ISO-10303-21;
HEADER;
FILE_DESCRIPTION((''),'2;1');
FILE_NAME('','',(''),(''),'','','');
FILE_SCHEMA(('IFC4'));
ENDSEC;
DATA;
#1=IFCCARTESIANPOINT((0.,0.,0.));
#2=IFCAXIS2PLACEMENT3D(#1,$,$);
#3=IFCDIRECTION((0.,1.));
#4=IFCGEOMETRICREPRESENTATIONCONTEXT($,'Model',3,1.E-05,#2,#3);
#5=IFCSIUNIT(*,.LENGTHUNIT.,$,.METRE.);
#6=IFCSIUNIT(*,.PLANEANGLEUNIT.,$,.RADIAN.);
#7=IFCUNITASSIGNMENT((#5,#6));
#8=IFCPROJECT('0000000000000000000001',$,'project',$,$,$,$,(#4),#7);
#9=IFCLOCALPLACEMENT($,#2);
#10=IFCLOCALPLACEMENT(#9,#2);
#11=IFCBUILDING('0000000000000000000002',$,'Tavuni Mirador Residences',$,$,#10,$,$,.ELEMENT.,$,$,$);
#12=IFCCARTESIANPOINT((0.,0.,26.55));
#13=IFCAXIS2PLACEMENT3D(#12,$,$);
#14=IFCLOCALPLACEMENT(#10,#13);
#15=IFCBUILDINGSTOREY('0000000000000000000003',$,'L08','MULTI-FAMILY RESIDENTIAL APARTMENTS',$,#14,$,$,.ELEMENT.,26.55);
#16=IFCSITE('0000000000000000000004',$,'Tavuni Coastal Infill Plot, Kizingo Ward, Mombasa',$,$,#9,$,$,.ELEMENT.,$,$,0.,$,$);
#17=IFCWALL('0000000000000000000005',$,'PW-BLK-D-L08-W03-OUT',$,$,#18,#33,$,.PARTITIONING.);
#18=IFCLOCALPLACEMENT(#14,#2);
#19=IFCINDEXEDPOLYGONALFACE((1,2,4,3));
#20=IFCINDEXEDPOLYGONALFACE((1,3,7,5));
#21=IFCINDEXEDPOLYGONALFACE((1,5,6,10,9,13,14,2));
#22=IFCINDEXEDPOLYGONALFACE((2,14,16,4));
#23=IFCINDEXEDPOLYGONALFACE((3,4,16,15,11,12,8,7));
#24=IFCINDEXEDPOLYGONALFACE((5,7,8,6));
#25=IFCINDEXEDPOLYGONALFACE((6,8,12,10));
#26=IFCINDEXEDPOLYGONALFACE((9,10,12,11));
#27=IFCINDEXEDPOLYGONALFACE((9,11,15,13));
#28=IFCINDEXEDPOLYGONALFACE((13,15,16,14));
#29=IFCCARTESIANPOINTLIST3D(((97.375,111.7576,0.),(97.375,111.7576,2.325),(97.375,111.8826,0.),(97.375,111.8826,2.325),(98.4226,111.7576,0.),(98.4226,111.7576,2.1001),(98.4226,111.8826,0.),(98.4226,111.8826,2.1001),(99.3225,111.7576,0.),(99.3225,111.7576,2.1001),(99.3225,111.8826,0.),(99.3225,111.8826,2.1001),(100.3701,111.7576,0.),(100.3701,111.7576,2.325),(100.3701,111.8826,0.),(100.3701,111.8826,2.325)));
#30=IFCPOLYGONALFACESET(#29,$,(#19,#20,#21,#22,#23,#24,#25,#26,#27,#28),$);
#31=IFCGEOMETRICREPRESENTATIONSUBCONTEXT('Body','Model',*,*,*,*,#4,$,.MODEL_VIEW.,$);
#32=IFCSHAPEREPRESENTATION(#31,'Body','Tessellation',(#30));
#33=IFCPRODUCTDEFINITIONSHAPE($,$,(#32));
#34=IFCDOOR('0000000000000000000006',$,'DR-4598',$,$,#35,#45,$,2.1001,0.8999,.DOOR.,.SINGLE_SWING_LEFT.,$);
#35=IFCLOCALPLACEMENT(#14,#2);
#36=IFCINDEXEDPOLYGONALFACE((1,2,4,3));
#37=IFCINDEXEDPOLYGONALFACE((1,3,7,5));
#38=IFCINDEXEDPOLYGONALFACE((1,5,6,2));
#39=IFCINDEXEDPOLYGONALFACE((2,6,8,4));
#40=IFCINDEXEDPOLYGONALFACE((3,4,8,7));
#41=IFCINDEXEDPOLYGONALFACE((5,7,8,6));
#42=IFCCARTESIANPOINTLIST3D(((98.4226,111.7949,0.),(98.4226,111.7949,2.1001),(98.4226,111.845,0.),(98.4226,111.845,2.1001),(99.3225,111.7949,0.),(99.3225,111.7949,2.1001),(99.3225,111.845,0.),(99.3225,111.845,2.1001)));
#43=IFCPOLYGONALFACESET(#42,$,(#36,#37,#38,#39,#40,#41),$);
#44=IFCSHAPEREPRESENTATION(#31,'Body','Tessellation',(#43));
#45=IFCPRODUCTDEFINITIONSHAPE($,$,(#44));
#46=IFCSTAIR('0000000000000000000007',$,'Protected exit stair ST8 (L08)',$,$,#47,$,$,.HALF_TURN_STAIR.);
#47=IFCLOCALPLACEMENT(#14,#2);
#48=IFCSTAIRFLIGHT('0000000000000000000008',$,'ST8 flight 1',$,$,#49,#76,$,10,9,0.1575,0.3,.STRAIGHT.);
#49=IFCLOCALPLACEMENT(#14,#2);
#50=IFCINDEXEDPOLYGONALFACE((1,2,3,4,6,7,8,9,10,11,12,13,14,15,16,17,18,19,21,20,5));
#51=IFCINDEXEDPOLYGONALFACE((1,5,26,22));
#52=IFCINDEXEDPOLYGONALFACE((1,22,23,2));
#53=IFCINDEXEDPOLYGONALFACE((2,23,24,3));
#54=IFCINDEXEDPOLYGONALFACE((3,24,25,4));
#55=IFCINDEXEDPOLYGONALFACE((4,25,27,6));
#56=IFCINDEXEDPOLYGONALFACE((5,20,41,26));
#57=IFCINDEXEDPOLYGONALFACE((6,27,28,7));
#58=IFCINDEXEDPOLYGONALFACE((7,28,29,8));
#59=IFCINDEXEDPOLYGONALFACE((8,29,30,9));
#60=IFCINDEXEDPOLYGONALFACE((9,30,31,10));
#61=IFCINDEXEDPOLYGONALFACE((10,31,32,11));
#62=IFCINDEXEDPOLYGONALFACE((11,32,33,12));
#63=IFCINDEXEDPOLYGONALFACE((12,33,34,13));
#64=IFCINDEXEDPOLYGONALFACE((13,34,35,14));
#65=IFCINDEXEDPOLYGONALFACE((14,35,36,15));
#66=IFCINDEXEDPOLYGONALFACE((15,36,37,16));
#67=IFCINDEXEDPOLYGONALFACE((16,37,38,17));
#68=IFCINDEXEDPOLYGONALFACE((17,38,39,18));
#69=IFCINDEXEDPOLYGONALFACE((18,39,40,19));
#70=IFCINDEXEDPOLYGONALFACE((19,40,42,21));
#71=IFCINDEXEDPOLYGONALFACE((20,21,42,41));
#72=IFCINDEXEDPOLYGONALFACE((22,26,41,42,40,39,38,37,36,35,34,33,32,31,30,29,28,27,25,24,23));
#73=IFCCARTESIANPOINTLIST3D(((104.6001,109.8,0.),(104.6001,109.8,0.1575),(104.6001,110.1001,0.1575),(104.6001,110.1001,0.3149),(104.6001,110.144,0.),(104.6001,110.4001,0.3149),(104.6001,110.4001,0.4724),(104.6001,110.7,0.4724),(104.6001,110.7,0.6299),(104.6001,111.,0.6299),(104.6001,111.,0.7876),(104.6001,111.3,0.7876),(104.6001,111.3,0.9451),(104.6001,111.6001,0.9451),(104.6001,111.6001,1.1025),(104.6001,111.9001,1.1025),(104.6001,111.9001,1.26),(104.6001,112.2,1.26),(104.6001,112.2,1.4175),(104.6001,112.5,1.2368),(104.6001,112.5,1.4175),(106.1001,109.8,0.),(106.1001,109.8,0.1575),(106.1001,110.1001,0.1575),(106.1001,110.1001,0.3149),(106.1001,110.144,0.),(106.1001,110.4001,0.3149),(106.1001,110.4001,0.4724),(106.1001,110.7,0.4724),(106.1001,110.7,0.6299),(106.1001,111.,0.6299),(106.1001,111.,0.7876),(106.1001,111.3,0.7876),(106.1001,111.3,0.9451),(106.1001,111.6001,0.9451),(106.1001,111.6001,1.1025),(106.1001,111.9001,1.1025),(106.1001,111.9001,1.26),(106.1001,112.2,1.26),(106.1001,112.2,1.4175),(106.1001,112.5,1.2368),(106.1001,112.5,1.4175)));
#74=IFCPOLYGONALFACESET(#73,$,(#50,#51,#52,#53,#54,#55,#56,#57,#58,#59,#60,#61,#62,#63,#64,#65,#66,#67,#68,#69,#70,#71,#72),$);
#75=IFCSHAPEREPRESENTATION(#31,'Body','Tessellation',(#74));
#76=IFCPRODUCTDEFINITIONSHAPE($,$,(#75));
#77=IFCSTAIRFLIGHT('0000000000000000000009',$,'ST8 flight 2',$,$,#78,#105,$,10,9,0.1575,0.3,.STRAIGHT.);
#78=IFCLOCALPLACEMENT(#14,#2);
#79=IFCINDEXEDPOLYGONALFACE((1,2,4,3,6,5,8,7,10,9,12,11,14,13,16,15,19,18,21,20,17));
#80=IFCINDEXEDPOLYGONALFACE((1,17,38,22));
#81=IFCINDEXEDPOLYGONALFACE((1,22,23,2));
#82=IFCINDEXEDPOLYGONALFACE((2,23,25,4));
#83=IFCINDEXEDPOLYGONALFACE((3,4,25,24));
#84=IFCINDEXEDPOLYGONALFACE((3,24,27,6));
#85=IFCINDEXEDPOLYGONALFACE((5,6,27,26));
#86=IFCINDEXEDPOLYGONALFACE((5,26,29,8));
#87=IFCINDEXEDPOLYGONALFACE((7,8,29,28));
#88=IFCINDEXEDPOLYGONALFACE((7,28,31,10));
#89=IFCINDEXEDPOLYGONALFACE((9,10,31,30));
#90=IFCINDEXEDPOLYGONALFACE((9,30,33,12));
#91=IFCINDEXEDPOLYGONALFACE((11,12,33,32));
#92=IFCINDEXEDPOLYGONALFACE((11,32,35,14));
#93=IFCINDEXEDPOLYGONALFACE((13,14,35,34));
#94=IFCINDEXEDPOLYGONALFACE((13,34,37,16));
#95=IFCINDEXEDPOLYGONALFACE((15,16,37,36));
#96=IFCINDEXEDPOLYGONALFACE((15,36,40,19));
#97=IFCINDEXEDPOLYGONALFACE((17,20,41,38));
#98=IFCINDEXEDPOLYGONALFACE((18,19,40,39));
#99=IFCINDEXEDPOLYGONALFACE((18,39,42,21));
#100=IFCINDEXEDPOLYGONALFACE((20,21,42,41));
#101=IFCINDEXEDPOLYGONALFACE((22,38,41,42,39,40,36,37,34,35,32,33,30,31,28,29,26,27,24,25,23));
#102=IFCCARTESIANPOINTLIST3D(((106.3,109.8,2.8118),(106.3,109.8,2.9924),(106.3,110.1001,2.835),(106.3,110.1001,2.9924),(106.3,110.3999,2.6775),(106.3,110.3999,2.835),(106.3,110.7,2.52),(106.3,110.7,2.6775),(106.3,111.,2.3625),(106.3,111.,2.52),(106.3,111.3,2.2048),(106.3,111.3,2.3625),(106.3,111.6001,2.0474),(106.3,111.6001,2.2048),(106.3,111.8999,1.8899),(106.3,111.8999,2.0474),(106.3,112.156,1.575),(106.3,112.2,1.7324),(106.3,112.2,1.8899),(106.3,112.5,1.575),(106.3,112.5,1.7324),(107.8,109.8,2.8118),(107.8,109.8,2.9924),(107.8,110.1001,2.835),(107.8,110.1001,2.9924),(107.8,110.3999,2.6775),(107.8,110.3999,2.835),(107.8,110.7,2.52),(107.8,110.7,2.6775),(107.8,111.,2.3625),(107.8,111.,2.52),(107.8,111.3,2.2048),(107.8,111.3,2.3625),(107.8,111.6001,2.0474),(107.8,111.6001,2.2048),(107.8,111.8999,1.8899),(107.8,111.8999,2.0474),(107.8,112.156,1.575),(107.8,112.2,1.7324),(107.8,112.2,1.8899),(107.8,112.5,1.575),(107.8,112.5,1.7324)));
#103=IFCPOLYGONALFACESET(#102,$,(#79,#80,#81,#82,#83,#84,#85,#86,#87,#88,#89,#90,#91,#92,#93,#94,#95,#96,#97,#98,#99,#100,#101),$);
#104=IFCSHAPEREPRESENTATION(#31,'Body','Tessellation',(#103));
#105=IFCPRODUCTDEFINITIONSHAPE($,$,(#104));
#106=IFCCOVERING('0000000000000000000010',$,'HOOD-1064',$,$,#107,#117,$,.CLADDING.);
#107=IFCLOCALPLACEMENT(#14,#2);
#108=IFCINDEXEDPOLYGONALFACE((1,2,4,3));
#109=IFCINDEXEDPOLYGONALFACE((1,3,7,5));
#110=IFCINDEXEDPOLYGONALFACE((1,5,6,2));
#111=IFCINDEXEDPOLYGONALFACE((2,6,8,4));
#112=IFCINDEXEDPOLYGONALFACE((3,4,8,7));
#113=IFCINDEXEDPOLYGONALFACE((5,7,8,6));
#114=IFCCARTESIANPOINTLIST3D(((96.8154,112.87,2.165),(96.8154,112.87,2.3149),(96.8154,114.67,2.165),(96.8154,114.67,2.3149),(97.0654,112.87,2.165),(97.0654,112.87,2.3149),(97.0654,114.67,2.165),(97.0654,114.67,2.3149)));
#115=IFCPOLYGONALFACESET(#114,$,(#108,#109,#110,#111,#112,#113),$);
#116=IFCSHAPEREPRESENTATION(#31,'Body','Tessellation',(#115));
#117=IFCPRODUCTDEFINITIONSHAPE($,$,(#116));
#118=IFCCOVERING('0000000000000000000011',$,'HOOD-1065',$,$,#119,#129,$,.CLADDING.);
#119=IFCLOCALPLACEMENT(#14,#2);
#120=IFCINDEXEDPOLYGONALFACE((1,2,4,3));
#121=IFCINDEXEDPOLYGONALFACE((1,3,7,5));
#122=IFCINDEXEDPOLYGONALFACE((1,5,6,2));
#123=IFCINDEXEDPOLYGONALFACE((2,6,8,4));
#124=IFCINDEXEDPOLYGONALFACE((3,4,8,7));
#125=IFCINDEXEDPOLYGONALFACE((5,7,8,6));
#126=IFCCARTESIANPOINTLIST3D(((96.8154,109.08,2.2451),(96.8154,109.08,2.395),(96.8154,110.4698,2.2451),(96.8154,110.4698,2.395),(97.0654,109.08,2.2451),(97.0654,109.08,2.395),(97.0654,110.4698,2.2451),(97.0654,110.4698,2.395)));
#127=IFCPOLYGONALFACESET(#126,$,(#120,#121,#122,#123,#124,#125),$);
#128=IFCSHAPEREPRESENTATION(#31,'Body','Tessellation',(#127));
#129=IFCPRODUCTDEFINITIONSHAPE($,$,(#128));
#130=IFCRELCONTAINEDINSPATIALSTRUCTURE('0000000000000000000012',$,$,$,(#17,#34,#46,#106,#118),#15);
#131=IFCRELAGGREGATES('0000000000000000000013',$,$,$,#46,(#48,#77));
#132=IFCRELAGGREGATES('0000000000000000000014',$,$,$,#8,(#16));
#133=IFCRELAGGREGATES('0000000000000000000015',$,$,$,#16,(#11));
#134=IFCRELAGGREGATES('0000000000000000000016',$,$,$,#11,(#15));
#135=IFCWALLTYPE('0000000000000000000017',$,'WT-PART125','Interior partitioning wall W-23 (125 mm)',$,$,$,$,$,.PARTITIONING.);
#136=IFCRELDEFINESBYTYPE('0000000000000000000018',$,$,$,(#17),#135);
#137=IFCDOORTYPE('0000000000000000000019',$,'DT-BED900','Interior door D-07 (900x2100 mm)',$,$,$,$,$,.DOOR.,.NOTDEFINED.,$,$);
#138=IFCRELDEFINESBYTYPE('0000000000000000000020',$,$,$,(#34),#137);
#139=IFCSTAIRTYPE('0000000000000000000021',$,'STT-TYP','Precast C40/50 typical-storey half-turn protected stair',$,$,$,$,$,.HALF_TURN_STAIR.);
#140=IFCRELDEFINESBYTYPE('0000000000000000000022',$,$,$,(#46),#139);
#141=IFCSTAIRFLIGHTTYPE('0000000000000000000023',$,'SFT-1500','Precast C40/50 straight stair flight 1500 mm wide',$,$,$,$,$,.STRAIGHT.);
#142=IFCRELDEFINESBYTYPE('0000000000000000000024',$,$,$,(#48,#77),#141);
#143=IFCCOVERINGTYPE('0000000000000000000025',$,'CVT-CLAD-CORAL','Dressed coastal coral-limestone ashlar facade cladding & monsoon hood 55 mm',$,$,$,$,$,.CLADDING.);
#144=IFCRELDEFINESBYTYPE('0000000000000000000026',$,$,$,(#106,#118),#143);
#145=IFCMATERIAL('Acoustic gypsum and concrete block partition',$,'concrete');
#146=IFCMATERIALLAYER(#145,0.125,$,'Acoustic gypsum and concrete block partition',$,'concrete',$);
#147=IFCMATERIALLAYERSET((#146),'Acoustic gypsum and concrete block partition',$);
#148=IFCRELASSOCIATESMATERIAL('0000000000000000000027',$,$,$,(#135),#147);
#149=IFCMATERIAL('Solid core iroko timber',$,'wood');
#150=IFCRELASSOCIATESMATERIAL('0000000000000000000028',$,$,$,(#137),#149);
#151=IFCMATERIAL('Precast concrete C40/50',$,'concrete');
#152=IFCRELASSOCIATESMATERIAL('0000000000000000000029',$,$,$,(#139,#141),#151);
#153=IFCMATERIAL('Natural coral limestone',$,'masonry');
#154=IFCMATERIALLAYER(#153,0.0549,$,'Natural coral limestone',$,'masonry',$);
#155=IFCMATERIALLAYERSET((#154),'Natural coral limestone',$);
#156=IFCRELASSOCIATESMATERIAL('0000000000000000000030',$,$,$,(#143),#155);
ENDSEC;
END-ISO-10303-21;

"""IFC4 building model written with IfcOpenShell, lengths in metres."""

from ifc_helpers import new_model, si_unit, direction, frame, frame_2d, origin, origin_2d, place, context, subcontext, project, spatial, polyline, rectangle, outline, extrude, material, layer, layer_set, type_object, element, fill, aggregate, save


model = new_model("IFC4")

# Units and contexts
model_context = context("Model", 3, precision=1e-05, world=origin(), true_north=direction((0.0, 1.0)))
body_context = subcontext(model_context, "Body", "Model", "MODEL_VIEW")
ifc_project = project(units=[si_unit("LENGTHUNIT", "METRE"), si_unit("PLANEANGLEUNIT", "RADIAN")], contexts=[model_context])

# Site, building, storey
site_placement = place(None, origin())
site = spatial("IfcSite", under=ifc_project, at=site_placement, Name="Tavuni Coastal Infill Plot, Kizingo Ward, Mombasa", CompositionType="ELEMENT", RefElevation=0.0)
building_placement = place(site_placement, origin())
building = spatial("IfcBuilding", under=site, at=building_placement, Name="Tavuni Mirador Residences", CompositionType="ELEMENT")
storey_placement = place(building_placement, frame((0.0, 0.0, 26.55)))
storey = spatial("IfcBuildingStorey", under=building, at=storey_placement, Name="L08", Description="MULTI-FAMILY RESIDENTIAL APARTMENTS", CompositionType="ELEMENT", Elevation=26.55)

# Shared definitions
ifc_material_1 = material(Name="Precast concrete C40/50", Category="concrete")

# Wall, opening, door
ifc_material_2 = material(Name="Acoustic gypsum and concrete block partition", Category="concrete")
ifc_material_3 = material(Name="Solid core iroko timber", Category="wood")
ifc_layer_1 = layer(ifc_material_2, 0.125, Name="Acoustic gypsum and concrete block partition", Category="concrete")
ifc_layer_set_1 = layer_set([ifc_layer_1], Name="Acoustic gypsum and concrete block partition")
wall_type_1 = type_object("IfcWallType", Name="WT-PART125", Description="Interior partitioning wall W-23 (125 mm)", PredefinedType="PARTITIONING", material=ifc_layer_set_1)
wall_1_placement = place(storey_placement, frame((97.375, 111.8201, 0.0), z_axis=(0.0, 0.0, 1.0), x_axis=(1.0, 0.0, 0.0)))
wall_1 = element("IfcWall", 1, at=wall_1_placement, inside=storey, type_object=wall_type_1, Name="PW-BLK-D-L08-W03-OUT", PredefinedType="PARTITIONING", context=body_context, shape_type="SweptSolid", body=[
    extrude(rectangle(XDim=2.9951, YDim=0.125, at=frame_2d((1.4976, 0.0))), origin(), (0.0, 0.0, 1.0), 2.325),
])
opening_1_placement = place(wall_1_placement, frame((1.0476, 0.0, 0.0)))
opening_1 = element("IfcOpeningElement", 2, at=opening_1_placement, cuts=wall_1, PredefinedType="OPENING", context=body_context, shape_type="SweptSolid", body=[
    extrude(rectangle(XDim=0.8999, YDim=2.1001, at=frame_2d((0.45, 1.05))), frame((0.0, 0.0725, 0.0), z_axis=(0.0, -1.0, 0.0), x_axis=(1.0, 0.0, 0.0)), (0.0, 0.0, 1.0), 0.145),
])
door_type_1 = type_object("IfcDoorType", Name="DT-BED900", Description="Interior door D-07 (900x2100 mm)", OperationType="NOTDEFINED", PredefinedType="DOOR", material=ifc_material_3)
door_1_placement = place(opening_1_placement, origin())
door_1 = element("IfcDoor", 3, at=door_1_placement, inside=storey, type_object=door_type_1, Name="DR-4598", OperationType="SINGLE_SWING_LEFT", OverallHeight=2.1001, OverallWidth=0.8999, PredefinedType="DOOR", context=body_context, shape_type="SweptSolid", body=[
    extrude(rectangle(XDim=0.8999, YDim=2.1001, at=frame_2d((0.45, 1.05))), frame((0.0, 0.0249, 0.0), z_axis=(0.0, -1.0, 0.0), x_axis=(1.0, 0.0, 0.0)), (0.0, 0.0, 1.0), 0.05),
])
fill(opening_1, door_1)

# Stair, stair flights
stair_type = type_object("IfcStairType", Name="STT-TYP", Description="Precast C40/50 typical-storey half-turn protected stair", PredefinedType="HALF_TURN_STAIR", material=ifc_material_1)
stair_placement = place(storey_placement, origin())
stair = element("IfcStair", 4, at=stair_placement, inside=storey, type_object=stair_type, Name="Protected exit stair ST8 (L08)", PredefinedType="HALF_TURN_STAIR")
stair_flight_type = type_object("IfcStairFlightType", Name="SFT-1500", Description="Precast C40/50 straight stair flight 1500 mm wide", PredefinedType="STRAIGHT", material=ifc_material_1)
stair_flight_1_placement = place(storey_placement, frame((105.3501, 109.8, 0.0), z_axis=(0.0, 0.0, 1.0), x_axis=(0.0, 1.0, 0.0)))
stair_flight_1 = element("IfcStairFlight", 5, at=stair_flight_1_placement, type_object=stair_flight_type, Name="ST8 flight 1", NumberOfRisers=10, NumberOfTreads=9, PredefinedType="STRAIGHT", RiserHeight=0.1575, TreadLength=0.3, context=body_context, shape_type="SweptSolid", body=[
    extrude(outline(polyline([(0.0, 0.0), (0.0, 0.1575), (0.3, 0.1575), (0.3, 0.3149), (0.6001, 0.3149), (0.6001, 0.4724), (0.8999, 0.4724), (0.8999, 0.6299), (1.2, 0.6299), (1.2, 0.7876), (1.5, 0.7876), (1.5, 0.9451), (1.8, 0.9451), (1.8, 1.1025), (2.1001, 1.1025), (2.1001, 1.26), (2.3999, 1.26), (2.3999, 1.4175), (2.7, 1.4175), (2.7, 1.575), (2.7, 1.2368), (0.344, 0.0), (0.0, 0.0)])), frame((0.0, 0.75, 0.0), z_axis=(0.0, -1.0, 0.0), x_axis=(1.0, 0.0, 0.0)), (0.0, 0.0, 1.0), 1.5),
])
stair_flight_2_placement = place(storey_placement, frame((107.05, 112.5, 1.575), z_axis=(0.0, 0.0, 1.0), x_axis=(0.0, -1.0, 0.0)))
stair_flight_2 = element("IfcStairFlight", 6, at=stair_flight_2_placement, type_object=stair_flight_type, Name="ST8 flight 2", NumberOfRisers=10, NumberOfTreads=9, PredefinedType="STRAIGHT", RiserHeight=0.1575, TreadLength=0.3, context=body_context, shape_type="SweptSolid", body=[
    extrude(outline(polyline([(0.0, 0.0), (0.0, 0.1575), (0.3, 0.1575), (0.3, 0.3149), (0.6001, 0.3149), (0.6001, 0.4724), (0.8999, 0.4724), (0.8999, 0.6299), (1.2, 0.6299), (1.2, 0.7876), (1.5, 0.7876), (1.5, 0.9451), (1.8, 0.9451), (1.8, 1.1025), (2.1001, 1.1025), (2.1001, 1.26), (2.3999, 1.26), (2.3999, 1.4175), (2.7, 1.4175), (2.7, 1.575), (2.7, 1.2368), (0.344, 0.0), (0.0, 0.0)])), frame((0.0, 0.75, 0.0), z_axis=(0.0, -1.0, 0.0), x_axis=(1.0, 0.0, 0.0)), (0.0, 0.0, 1.0), 1.5),
])
aggregate(stair, [stair_flight_1, stair_flight_2])

# Coverings
ifc_material_4 = material(Name="Natural coral limestone", Category="masonry")
ifc_layer_2 = layer(ifc_material_4, 0.0549, Name="Natural coral limestone", Category="masonry")
ifc_layer_set_2 = layer_set([ifc_layer_2], Name="Natural coral limestone")
covering_type = type_object("IfcCoveringType", Name="CVT-CLAD-CORAL", Description="Dressed coastal coral-limestone ashlar facade cladding & monsoon hood 55 mm", PredefinedType="CLADDING", material=ifc_layer_set_2)
covering_1_placement = place(storey_placement, frame((96.9404, 113.77, 2.165), z_axis=(0.0, 0.0, 1.0), x_axis=(0.0, -1.0, 0.0)))
element("IfcCovering", 7, at=covering_1_placement, inside=storey, type_object=covering_type, Name="HOOD-1064", PredefinedType="CLADDING", context=body_context, shape_type="SweptSolid", body=[
    extrude(rectangle(XDim=1.8, YDim=0.25, at=origin_2d()), origin(), (0.0, 0.0, 1.0), 0.1499),
])
covering_2_placement = place(storey_placement, frame((96.9404, 109.7749, 2.2451), z_axis=(0.0, 0.0, 1.0), x_axis=(0.0, -1.0, 0.0)))
element("IfcCovering", 8, at=covering_2_placement, inside=storey, type_object=covering_type, Name="HOOD-1065", PredefinedType="CLADDING", context=body_context, shape_type="SweptSolid", body=[
    extrude(rectangle(XDim=1.3899, YDim=0.25, at=origin_2d()), origin(), (0.0, 0.0, 1.0), 0.1499),
])

save(model, "model.ifc")
